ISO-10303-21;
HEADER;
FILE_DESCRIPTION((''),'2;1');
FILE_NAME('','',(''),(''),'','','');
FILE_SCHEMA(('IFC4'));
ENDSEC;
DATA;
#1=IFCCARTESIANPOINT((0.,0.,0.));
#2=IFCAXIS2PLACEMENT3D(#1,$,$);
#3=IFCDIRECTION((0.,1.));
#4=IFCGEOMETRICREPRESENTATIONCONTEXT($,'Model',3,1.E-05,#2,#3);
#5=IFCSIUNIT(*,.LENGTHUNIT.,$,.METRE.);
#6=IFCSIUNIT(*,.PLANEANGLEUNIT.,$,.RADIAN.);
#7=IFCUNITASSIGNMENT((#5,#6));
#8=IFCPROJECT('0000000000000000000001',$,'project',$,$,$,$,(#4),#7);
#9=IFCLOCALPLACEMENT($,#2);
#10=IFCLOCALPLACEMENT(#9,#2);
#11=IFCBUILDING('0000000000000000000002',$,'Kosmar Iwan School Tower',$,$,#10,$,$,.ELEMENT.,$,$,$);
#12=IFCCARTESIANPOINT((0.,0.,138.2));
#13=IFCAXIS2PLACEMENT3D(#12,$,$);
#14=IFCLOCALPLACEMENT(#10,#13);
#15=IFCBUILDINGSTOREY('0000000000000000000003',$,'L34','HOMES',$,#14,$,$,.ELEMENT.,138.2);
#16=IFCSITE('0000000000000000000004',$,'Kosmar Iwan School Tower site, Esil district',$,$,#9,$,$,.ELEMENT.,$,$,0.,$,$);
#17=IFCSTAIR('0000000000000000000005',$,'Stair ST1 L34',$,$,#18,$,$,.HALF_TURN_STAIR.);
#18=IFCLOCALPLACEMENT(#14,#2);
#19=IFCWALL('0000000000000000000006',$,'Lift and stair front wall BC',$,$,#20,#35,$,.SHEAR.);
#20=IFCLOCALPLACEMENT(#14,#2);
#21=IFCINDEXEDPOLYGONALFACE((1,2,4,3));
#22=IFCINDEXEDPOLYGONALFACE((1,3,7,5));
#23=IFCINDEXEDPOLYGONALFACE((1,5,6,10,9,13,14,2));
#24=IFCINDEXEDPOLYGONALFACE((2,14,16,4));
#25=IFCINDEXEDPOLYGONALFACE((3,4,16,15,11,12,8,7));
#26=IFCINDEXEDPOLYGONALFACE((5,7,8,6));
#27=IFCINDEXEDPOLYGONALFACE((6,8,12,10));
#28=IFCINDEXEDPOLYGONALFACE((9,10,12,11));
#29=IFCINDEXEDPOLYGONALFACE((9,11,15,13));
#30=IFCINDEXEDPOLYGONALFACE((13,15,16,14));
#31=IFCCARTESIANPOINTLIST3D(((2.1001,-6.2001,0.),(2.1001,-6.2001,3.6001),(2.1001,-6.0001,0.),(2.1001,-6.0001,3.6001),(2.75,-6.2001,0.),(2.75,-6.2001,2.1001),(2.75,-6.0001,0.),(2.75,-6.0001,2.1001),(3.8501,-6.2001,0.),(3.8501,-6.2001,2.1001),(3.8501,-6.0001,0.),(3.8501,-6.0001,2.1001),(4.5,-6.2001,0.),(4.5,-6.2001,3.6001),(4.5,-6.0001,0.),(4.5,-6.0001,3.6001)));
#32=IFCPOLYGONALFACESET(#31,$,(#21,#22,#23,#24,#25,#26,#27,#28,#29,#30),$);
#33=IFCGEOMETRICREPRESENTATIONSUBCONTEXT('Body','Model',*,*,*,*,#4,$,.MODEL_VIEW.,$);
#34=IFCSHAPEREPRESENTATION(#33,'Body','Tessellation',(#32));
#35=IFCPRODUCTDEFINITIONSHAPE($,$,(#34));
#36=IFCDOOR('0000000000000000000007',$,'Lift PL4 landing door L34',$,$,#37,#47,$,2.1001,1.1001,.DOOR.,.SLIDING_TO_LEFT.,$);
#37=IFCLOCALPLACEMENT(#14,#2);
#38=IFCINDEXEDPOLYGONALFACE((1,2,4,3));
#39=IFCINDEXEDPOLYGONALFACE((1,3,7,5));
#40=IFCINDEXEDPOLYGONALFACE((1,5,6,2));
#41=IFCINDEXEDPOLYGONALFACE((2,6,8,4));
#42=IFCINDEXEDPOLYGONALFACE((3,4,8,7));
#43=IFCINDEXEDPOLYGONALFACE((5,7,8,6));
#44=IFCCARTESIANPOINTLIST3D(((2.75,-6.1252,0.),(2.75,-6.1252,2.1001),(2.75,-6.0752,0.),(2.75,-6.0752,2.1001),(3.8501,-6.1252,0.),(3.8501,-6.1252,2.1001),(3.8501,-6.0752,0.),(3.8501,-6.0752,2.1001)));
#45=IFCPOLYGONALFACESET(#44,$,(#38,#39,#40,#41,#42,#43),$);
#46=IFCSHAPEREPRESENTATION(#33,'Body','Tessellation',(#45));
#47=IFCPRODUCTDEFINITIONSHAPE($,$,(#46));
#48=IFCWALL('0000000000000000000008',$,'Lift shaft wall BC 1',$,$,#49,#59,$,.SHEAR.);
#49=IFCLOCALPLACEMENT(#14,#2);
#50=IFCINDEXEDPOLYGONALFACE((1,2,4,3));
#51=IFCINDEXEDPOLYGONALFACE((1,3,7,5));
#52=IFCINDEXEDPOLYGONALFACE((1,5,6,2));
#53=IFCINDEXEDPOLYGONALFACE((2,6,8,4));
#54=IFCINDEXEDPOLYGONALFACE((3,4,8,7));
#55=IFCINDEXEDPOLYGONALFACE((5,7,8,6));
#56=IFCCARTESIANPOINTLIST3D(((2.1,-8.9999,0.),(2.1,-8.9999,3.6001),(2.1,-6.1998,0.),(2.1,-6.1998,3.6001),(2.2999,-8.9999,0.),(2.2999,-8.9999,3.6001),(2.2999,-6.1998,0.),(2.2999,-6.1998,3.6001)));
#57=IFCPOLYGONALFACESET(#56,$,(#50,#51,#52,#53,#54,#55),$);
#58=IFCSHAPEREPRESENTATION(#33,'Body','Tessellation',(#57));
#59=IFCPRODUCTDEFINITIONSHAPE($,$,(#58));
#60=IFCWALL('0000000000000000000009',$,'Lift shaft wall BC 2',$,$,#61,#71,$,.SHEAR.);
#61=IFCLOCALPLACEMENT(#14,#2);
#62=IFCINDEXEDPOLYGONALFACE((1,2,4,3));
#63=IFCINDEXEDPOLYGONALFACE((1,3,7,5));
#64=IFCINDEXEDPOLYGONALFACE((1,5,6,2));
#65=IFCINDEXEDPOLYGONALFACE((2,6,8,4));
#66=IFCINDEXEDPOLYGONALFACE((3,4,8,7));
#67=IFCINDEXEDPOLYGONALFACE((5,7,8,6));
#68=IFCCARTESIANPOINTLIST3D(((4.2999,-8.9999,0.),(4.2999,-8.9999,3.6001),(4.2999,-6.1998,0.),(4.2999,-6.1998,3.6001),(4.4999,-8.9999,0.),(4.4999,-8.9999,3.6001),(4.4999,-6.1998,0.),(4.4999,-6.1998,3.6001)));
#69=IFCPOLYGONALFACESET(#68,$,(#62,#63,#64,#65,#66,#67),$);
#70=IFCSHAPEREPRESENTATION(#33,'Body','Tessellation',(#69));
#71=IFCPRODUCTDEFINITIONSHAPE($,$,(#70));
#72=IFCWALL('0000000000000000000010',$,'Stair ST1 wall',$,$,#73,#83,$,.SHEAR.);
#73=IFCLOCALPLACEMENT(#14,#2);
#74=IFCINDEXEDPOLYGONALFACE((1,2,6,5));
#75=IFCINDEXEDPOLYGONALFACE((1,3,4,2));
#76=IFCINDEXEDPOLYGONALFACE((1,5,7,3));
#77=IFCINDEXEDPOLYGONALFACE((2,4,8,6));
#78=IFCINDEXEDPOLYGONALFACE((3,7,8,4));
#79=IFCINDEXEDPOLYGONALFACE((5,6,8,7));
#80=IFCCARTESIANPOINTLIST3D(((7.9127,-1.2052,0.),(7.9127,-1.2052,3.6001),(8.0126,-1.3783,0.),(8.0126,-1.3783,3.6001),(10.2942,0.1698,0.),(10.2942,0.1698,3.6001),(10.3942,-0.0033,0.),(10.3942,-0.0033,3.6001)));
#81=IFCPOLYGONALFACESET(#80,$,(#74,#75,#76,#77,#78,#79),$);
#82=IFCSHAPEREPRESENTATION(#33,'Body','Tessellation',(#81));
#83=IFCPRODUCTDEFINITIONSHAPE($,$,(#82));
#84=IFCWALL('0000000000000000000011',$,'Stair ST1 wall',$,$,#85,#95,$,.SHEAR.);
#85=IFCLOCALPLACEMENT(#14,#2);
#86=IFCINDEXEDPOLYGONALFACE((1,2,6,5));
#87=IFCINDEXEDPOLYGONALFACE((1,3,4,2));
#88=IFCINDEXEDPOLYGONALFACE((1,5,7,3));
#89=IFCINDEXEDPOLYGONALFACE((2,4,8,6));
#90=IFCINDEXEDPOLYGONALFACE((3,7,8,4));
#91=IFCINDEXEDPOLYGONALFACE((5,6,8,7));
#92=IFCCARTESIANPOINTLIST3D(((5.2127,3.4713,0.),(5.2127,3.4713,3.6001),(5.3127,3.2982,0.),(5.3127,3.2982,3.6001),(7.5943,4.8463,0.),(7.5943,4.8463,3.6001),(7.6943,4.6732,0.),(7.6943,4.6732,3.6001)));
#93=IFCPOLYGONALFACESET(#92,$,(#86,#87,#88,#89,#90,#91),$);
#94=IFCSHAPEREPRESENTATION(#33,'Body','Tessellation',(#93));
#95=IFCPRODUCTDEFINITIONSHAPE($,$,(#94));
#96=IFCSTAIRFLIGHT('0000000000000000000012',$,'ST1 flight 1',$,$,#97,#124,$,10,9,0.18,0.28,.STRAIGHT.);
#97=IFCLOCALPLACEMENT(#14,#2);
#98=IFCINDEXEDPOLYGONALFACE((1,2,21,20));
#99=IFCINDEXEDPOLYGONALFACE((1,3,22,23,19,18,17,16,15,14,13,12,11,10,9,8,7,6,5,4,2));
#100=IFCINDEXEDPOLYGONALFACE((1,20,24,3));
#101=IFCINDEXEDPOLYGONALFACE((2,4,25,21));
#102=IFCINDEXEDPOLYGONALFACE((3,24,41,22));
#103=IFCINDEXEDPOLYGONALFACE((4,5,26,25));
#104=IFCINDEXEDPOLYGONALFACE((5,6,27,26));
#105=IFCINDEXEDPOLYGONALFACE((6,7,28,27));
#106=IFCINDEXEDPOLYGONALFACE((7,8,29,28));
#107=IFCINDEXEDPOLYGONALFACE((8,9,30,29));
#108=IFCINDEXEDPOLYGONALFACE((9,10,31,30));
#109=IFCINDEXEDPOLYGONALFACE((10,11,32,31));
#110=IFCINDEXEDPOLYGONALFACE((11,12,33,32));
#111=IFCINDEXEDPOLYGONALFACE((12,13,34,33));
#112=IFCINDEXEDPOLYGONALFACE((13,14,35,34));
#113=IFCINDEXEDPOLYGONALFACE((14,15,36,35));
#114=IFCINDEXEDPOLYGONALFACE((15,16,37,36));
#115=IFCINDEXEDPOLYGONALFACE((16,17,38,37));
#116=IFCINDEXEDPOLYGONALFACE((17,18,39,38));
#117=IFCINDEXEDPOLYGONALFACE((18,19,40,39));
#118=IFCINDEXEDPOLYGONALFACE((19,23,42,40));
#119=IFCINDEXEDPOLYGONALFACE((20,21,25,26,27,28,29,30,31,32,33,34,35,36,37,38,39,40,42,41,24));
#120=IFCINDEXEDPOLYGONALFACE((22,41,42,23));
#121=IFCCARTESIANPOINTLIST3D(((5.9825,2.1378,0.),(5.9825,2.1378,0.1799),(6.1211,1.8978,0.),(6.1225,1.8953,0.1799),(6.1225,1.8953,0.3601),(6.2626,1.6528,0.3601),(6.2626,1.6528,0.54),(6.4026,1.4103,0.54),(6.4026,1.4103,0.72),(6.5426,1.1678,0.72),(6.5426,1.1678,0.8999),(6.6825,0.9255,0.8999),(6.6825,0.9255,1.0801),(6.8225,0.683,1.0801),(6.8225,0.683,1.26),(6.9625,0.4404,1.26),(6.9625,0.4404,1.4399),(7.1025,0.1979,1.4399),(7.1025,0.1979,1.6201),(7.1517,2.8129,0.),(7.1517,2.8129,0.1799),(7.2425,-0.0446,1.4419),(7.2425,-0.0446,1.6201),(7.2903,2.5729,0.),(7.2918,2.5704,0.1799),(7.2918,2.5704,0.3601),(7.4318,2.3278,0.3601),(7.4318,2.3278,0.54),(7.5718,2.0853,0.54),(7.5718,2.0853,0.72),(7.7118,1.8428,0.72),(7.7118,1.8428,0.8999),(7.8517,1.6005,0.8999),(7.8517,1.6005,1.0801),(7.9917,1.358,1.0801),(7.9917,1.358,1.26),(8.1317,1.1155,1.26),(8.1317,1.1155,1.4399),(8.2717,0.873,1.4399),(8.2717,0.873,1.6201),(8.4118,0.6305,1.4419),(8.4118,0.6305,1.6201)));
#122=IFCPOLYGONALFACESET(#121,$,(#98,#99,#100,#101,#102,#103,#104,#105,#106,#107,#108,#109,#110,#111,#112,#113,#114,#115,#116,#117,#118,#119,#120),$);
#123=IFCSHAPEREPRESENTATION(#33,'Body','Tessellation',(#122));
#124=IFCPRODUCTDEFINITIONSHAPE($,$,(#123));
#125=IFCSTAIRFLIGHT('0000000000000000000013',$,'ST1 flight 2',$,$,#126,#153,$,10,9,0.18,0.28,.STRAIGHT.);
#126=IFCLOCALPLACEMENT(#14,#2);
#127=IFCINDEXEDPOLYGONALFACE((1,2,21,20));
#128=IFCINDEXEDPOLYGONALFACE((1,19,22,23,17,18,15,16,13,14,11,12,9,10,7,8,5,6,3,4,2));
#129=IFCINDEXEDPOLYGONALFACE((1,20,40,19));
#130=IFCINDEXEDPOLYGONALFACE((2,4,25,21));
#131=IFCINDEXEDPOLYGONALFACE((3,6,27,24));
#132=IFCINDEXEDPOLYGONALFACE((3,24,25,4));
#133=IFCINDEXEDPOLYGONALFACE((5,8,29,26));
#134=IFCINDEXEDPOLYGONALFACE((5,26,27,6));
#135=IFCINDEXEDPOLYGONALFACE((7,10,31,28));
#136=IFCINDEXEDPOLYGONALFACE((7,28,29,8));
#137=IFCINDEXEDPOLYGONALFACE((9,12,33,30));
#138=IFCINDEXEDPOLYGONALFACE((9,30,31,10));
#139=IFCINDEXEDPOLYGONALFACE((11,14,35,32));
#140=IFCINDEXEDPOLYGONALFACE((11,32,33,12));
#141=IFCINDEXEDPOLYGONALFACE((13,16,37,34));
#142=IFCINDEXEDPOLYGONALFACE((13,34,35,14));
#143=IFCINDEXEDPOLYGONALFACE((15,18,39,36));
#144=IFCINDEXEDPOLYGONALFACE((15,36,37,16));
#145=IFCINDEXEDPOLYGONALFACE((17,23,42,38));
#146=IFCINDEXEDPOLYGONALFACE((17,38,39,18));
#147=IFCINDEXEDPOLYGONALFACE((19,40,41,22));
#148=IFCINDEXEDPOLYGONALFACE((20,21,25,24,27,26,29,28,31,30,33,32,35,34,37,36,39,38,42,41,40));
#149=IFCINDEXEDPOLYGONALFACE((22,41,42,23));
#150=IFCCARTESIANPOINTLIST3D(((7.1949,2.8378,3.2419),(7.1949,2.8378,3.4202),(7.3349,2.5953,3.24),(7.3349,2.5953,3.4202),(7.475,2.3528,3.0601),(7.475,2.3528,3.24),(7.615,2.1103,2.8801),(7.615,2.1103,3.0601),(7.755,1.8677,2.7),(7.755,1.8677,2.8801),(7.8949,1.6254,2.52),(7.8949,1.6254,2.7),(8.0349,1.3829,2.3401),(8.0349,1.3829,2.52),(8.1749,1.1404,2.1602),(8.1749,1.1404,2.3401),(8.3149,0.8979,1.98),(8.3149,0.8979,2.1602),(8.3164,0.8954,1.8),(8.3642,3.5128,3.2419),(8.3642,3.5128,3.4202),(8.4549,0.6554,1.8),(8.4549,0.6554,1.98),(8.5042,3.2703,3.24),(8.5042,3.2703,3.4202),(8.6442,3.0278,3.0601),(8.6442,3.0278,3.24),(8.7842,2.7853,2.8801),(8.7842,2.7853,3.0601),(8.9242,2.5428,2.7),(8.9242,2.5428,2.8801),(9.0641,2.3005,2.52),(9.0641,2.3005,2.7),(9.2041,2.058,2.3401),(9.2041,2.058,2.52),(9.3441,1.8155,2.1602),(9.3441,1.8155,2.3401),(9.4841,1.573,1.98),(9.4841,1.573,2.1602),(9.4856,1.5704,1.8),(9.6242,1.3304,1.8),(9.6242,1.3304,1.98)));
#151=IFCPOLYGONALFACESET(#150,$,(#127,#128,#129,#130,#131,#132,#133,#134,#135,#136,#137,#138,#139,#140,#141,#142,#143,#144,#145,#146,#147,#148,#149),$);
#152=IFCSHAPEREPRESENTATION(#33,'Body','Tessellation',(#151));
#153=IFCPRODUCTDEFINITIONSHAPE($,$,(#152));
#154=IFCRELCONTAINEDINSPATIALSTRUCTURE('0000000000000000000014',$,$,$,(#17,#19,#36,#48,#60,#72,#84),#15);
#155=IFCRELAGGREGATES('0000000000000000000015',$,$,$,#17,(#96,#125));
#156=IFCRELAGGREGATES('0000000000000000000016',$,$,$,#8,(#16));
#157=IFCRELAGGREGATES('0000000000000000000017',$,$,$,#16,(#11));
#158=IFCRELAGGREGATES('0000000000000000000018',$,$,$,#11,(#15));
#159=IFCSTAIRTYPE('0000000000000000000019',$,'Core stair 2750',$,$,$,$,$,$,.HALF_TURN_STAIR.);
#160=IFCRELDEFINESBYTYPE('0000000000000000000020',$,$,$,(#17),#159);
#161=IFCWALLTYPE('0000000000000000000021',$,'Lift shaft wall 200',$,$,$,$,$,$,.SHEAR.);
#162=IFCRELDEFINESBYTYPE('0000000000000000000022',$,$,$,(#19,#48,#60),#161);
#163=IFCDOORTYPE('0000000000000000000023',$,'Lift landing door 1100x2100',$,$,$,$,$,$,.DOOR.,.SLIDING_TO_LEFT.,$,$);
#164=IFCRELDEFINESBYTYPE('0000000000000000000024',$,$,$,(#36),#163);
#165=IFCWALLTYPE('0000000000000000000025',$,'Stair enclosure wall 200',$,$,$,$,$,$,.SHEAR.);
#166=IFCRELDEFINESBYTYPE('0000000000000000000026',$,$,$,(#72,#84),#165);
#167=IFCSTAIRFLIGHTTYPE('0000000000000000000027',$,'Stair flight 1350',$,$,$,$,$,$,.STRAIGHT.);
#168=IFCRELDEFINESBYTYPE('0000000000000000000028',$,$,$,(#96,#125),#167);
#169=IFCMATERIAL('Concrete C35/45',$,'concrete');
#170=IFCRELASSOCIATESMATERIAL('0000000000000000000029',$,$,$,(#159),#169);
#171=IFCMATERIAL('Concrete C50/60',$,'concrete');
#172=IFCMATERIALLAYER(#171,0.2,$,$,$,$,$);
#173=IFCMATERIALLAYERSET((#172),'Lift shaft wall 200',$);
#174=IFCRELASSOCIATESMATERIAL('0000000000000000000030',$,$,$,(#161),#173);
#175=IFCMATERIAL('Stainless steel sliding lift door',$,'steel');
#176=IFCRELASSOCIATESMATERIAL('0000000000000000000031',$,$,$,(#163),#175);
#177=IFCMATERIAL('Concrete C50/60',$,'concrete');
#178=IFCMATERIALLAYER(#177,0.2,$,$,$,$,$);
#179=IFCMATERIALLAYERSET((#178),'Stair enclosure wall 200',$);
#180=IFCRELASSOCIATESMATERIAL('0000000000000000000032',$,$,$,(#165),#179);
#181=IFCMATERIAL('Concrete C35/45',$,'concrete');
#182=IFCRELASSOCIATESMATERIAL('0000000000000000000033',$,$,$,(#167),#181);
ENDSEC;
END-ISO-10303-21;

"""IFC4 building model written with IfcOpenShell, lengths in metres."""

from ifc_helpers import new_model, si_unit, direction, frame, frame_2d, origin, place, context, subcontext, project, spatial, polyline, rectangle, outline, extrude, material, layer, layer_set, type_object, element, fill, aggregate, save


model = new_model("IFC4")

# Units and contexts
model_context = context("Model", 3, precision=1e-05, world=origin(), true_north=direction((0.0, 1.0)))
body_context = subcontext(model_context, "Body", "Model", "MODEL_VIEW")
ifc_project = project(units=[si_unit("LENGTHUNIT", "METRE"), si_unit("PLANEANGLEUNIT", "RADIAN")], contexts=[model_context])

# Site, building, storey
site_placement = place(None, origin())
site = spatial("IfcSite", under=ifc_project, at=site_placement, Name="Kosmar Iwan School Tower site, Esil district", CompositionType="ELEMENT", RefElevation=0.0)
building_placement = place(site_placement, origin())
building = spatial("IfcBuilding", under=site, at=building_placement, Name="Kosmar Iwan School Tower", CompositionType="ELEMENT")
storey_placement = place(building_placement, frame((0.0, 0.0, 138.2)))
storey = spatial("IfcBuildingStorey", under=building, at=storey_placement, Name="L34", Description="HOMES", CompositionType="ELEMENT", Elevation=138.2)

# Stair
ifc_material_1 = material(Name="Concrete C35/45", Category="concrete")
stair_type_1 = type_object("IfcStairType", Name="Core stair 2750", PredefinedType="HALF_TURN_STAIR", material=ifc_material_1)
stair_1_placement = place(storey_placement, origin())
stair_1 = element("IfcStair", 1, at=stair_1_placement, inside=storey, type_object=stair_type_1, Name="Stair ST1 L34", PredefinedType="HALF_TURN_STAIR")

# Shared definitions
ifc_material_2 = material(Name="Concrete C50/60", Category="concrete")
ifc_layer_1 = layer(ifc_material_2, 0.2)
ifc_layer_set_1 = layer_set([ifc_layer_1], Name="Lift shaft wall 200")
wall_type_1 = type_object("IfcWallType", Name="Lift shaft wall 200", PredefinedType="SHEAR", material=ifc_layer_set_1)

# Wall, opening, door
wall_1_placement = place(storey_placement, frame((2.1001, -6.1001, 0.0), z_axis=(0.0, 0.0, 1.0), x_axis=(1.0, 0.0, 0.0)))
wall_1 = element("IfcWall", 2, at=wall_1_placement, inside=storey, type_object=wall_type_1, Name="Lift and stair front wall BC", PredefinedType="SHEAR", context=body_context, shape_type="SweptSolid", body=[
    extrude(rectangle(XDim=2.3999, YDim=0.2, at=frame_2d((1.2, 0.0))), origin(), (0.0, 0.0, 1.0), 3.6001),
])
opening_1_placement = place(wall_1_placement, frame((0.6499, 0.0, 0.0)))
opening_1 = element("IfcOpeningElement", 3, at=opening_1_placement, cuts=wall_1, PredefinedType="OPENING", context=body_context, shape_type="SweptSolid", body=[
    extrude(rectangle(XDim=1.1001, YDim=2.1001, at=frame_2d((0.55, 1.05))), frame((0.0, 0.1121, 0.0), z_axis=(0.0, -1.0, 0.0), x_axis=(1.0, 0.0, 0.0)), (0.0, 0.0, 1.0), 0.2239),
])
ifc_material_3 = material(Name="Stainless steel sliding lift door", Category="steel")
door_type_1 = type_object("IfcDoorType", Name="Lift landing door 1100x2100", OperationType="SLIDING_TO_LEFT", PredefinedType="DOOR", material=ifc_material_3)
door_1_placement = place(opening_1_placement, origin())
door_1 = element("IfcDoor", 4, at=door_1_placement, inside=storey, type_object=door_type_1, Name="Lift PL4 landing door L34", OperationType="SLIDING_TO_LEFT", OverallHeight=2.1001, OverallWidth=1.1001, PredefinedType="DOOR", context=body_context, shape_type="SweptSolid", body=[
    extrude(rectangle(XDim=1.1001, YDim=2.1001, at=frame_2d((0.55, 1.05))), frame((0.0, 0.0249, 0.0), z_axis=(0.0, -1.0, 0.0), x_axis=(1.0, 0.0, 0.0)), (0.0, 0.0, 1.0), 0.05),
])
fill(opening_1, door_1)

# Walls
for number, where, z_axis, x_axis, name in (
    (5, (2.2, -6.2, 0.0), (0.0, 0.0, 1.0), (0.0, -1.0, 0.0), "Lift shaft wall BC 1"),
    (6, (4.3999, -6.2, 0.0), (0.0, 0.0, 1.0), (0.0, -1.0, 0.0), "Lift shaft wall BC 2"),
):
    element("IfcWall", number, at=place(storey_placement, frame(where, z_axis=z_axis, x_axis=x_axis)), inside=storey, type_object=wall_type_1, Name=name, PredefinedType="SHEAR", context=body_context, shape_type="SweptSolid", body=[
        extrude(rectangle(XDim=2.8, YDim=0.2, at=frame_2d((1.3999, 0.0))), origin(), (0.0, 0.0, 1.0), 3.6001),
    ])
ifc_material_4 = material(Name="Concrete C50/60", Category="concrete")
ifc_layer_2 = layer(ifc_material_4, 0.2)
ifc_layer_set_2 = layer_set([ifc_layer_2], Name="Stair enclosure wall 200")
wall_type_2 = type_object("IfcWallType", Name="Stair enclosure wall 200", PredefinedType="SHEAR", material=ifc_layer_set_2)
for number, where, z_axis, x_axis, name in (
    (7, (7.9626, -1.2917, 0.0), (0.0, 0.0, 1.0), (0.866027, 0.499997, 0.0), "Stair ST1 wall"),
    (8, (5.2627, 3.3848, 0.0), (0.0, 0.0, 1.0), (0.866027, 0.499997, 0.0), "Stair ST1 wall"),
):
    element("IfcWall", number, at=place(storey_placement, frame(where, z_axis=z_axis, x_axis=x_axis)), inside=storey, type_object=wall_type_2, Name=name, PredefinedType="SHEAR", context=body_context, shape_type="SweptSolid", body=[
        extrude(rectangle(XDim=2.75, YDim=0.2, at=frame_2d((1.375, 0.0))), origin(), (0.0, 0.0, 1.0), 3.6001),
    ])

# Stair flights
ifc_material_5 = material(Name="Concrete C35/45", Category="concrete")
stair_flight_type = type_object("IfcStairFlightType", Name="Stair flight 1350", PredefinedType="STRAIGHT", material=ifc_material_5)
stair_flight_1_placement = place(storey_placement, frame((6.5671, 2.4753, 0.0), z_axis=(0.0, 0.0, 1.0), x_axis=(0.5, -0.866025, 0.0)))
stair_flight_1 = element("IfcStairFlight", 9, at=stair_flight_1_placement, type_object=stair_flight_type, Name="ST1 flight 1", NumberOfRisers=10, NumberOfTreads=9, PredefinedType="STRAIGHT", RiserHeight=0.18, TreadLength=0.28, context=body_context, shape_type="SweptSolid", body=[
    extrude(outline(polyline([(0.0, 0.0), (0.0, 0.1799), (0.28, 0.1799), (0.28, 0.3601), (0.5601, 0.3601), (0.5601, 0.54), (0.8401, 0.54), (0.8401, 0.72), (1.1201, 0.72), (1.1201, 0.8999), (1.3999, 0.8999), (1.3999, 1.0801), (1.6799, 1.0801), (1.6799, 1.26), (1.96, 1.26), (1.96, 1.4399), (2.24, 1.4399), (2.24, 1.6201), (2.52, 1.6201), (2.52, 1.8), (2.52, 1.4419), (0.2771, 0.0), (0.0, 0.0)])), frame((0.0, 0.675, 0.0), z_axis=(0.0, -1.0, 0.0), x_axis=(1.0, 0.0, 0.0)), (0.0, 0.0, 1.0), 1.3501),
])
stair_flight_2_placement = place(storey_placement, frame((9.0396, 0.9929, 1.8), z_axis=(0.0, 0.0, 1.0), x_axis=(-0.5, 0.866025, 0.0)))
stair_flight_2 = element("IfcStairFlight", 10, at=stair_flight_2_placement, type_object=stair_flight_type, Name="ST1 flight 2", NumberOfRisers=10, NumberOfTreads=9, PredefinedType="STRAIGHT", RiserHeight=0.18, TreadLength=0.28, context=body_context, shape_type="SweptSolid", body=[
    extrude(outline(polyline([(0.0, 0.0), (0.0, 0.1799), (0.28, 0.1799), (0.28, 0.3601), (0.5601, 0.3601), (0.5601, 0.54), (0.8401, 0.54), (0.8401, 0.72), (1.1201, 0.72), (1.1201, 0.8999), (1.3999, 0.8999), (1.3999, 1.0801), (1.6799, 1.0801), (1.6799, 1.26), (1.96, 1.26), (1.96, 1.4399), (2.24, 1.4399), (2.24, 1.6201), (2.52, 1.6201), (2.52, 1.8), (2.52, 1.4419), (0.2771, 0.0), (0.0, 0.0)])), frame((0.0, 0.675, 0.0), z_axis=(0.0, -1.0, 0.0), x_axis=(1.0, 0.0, 0.0)), (0.0, 0.0, 1.0), 1.3501),
])
aggregate(stair_1, [stair_flight_1, stair_flight_2])

save(model, "model.ifc")
